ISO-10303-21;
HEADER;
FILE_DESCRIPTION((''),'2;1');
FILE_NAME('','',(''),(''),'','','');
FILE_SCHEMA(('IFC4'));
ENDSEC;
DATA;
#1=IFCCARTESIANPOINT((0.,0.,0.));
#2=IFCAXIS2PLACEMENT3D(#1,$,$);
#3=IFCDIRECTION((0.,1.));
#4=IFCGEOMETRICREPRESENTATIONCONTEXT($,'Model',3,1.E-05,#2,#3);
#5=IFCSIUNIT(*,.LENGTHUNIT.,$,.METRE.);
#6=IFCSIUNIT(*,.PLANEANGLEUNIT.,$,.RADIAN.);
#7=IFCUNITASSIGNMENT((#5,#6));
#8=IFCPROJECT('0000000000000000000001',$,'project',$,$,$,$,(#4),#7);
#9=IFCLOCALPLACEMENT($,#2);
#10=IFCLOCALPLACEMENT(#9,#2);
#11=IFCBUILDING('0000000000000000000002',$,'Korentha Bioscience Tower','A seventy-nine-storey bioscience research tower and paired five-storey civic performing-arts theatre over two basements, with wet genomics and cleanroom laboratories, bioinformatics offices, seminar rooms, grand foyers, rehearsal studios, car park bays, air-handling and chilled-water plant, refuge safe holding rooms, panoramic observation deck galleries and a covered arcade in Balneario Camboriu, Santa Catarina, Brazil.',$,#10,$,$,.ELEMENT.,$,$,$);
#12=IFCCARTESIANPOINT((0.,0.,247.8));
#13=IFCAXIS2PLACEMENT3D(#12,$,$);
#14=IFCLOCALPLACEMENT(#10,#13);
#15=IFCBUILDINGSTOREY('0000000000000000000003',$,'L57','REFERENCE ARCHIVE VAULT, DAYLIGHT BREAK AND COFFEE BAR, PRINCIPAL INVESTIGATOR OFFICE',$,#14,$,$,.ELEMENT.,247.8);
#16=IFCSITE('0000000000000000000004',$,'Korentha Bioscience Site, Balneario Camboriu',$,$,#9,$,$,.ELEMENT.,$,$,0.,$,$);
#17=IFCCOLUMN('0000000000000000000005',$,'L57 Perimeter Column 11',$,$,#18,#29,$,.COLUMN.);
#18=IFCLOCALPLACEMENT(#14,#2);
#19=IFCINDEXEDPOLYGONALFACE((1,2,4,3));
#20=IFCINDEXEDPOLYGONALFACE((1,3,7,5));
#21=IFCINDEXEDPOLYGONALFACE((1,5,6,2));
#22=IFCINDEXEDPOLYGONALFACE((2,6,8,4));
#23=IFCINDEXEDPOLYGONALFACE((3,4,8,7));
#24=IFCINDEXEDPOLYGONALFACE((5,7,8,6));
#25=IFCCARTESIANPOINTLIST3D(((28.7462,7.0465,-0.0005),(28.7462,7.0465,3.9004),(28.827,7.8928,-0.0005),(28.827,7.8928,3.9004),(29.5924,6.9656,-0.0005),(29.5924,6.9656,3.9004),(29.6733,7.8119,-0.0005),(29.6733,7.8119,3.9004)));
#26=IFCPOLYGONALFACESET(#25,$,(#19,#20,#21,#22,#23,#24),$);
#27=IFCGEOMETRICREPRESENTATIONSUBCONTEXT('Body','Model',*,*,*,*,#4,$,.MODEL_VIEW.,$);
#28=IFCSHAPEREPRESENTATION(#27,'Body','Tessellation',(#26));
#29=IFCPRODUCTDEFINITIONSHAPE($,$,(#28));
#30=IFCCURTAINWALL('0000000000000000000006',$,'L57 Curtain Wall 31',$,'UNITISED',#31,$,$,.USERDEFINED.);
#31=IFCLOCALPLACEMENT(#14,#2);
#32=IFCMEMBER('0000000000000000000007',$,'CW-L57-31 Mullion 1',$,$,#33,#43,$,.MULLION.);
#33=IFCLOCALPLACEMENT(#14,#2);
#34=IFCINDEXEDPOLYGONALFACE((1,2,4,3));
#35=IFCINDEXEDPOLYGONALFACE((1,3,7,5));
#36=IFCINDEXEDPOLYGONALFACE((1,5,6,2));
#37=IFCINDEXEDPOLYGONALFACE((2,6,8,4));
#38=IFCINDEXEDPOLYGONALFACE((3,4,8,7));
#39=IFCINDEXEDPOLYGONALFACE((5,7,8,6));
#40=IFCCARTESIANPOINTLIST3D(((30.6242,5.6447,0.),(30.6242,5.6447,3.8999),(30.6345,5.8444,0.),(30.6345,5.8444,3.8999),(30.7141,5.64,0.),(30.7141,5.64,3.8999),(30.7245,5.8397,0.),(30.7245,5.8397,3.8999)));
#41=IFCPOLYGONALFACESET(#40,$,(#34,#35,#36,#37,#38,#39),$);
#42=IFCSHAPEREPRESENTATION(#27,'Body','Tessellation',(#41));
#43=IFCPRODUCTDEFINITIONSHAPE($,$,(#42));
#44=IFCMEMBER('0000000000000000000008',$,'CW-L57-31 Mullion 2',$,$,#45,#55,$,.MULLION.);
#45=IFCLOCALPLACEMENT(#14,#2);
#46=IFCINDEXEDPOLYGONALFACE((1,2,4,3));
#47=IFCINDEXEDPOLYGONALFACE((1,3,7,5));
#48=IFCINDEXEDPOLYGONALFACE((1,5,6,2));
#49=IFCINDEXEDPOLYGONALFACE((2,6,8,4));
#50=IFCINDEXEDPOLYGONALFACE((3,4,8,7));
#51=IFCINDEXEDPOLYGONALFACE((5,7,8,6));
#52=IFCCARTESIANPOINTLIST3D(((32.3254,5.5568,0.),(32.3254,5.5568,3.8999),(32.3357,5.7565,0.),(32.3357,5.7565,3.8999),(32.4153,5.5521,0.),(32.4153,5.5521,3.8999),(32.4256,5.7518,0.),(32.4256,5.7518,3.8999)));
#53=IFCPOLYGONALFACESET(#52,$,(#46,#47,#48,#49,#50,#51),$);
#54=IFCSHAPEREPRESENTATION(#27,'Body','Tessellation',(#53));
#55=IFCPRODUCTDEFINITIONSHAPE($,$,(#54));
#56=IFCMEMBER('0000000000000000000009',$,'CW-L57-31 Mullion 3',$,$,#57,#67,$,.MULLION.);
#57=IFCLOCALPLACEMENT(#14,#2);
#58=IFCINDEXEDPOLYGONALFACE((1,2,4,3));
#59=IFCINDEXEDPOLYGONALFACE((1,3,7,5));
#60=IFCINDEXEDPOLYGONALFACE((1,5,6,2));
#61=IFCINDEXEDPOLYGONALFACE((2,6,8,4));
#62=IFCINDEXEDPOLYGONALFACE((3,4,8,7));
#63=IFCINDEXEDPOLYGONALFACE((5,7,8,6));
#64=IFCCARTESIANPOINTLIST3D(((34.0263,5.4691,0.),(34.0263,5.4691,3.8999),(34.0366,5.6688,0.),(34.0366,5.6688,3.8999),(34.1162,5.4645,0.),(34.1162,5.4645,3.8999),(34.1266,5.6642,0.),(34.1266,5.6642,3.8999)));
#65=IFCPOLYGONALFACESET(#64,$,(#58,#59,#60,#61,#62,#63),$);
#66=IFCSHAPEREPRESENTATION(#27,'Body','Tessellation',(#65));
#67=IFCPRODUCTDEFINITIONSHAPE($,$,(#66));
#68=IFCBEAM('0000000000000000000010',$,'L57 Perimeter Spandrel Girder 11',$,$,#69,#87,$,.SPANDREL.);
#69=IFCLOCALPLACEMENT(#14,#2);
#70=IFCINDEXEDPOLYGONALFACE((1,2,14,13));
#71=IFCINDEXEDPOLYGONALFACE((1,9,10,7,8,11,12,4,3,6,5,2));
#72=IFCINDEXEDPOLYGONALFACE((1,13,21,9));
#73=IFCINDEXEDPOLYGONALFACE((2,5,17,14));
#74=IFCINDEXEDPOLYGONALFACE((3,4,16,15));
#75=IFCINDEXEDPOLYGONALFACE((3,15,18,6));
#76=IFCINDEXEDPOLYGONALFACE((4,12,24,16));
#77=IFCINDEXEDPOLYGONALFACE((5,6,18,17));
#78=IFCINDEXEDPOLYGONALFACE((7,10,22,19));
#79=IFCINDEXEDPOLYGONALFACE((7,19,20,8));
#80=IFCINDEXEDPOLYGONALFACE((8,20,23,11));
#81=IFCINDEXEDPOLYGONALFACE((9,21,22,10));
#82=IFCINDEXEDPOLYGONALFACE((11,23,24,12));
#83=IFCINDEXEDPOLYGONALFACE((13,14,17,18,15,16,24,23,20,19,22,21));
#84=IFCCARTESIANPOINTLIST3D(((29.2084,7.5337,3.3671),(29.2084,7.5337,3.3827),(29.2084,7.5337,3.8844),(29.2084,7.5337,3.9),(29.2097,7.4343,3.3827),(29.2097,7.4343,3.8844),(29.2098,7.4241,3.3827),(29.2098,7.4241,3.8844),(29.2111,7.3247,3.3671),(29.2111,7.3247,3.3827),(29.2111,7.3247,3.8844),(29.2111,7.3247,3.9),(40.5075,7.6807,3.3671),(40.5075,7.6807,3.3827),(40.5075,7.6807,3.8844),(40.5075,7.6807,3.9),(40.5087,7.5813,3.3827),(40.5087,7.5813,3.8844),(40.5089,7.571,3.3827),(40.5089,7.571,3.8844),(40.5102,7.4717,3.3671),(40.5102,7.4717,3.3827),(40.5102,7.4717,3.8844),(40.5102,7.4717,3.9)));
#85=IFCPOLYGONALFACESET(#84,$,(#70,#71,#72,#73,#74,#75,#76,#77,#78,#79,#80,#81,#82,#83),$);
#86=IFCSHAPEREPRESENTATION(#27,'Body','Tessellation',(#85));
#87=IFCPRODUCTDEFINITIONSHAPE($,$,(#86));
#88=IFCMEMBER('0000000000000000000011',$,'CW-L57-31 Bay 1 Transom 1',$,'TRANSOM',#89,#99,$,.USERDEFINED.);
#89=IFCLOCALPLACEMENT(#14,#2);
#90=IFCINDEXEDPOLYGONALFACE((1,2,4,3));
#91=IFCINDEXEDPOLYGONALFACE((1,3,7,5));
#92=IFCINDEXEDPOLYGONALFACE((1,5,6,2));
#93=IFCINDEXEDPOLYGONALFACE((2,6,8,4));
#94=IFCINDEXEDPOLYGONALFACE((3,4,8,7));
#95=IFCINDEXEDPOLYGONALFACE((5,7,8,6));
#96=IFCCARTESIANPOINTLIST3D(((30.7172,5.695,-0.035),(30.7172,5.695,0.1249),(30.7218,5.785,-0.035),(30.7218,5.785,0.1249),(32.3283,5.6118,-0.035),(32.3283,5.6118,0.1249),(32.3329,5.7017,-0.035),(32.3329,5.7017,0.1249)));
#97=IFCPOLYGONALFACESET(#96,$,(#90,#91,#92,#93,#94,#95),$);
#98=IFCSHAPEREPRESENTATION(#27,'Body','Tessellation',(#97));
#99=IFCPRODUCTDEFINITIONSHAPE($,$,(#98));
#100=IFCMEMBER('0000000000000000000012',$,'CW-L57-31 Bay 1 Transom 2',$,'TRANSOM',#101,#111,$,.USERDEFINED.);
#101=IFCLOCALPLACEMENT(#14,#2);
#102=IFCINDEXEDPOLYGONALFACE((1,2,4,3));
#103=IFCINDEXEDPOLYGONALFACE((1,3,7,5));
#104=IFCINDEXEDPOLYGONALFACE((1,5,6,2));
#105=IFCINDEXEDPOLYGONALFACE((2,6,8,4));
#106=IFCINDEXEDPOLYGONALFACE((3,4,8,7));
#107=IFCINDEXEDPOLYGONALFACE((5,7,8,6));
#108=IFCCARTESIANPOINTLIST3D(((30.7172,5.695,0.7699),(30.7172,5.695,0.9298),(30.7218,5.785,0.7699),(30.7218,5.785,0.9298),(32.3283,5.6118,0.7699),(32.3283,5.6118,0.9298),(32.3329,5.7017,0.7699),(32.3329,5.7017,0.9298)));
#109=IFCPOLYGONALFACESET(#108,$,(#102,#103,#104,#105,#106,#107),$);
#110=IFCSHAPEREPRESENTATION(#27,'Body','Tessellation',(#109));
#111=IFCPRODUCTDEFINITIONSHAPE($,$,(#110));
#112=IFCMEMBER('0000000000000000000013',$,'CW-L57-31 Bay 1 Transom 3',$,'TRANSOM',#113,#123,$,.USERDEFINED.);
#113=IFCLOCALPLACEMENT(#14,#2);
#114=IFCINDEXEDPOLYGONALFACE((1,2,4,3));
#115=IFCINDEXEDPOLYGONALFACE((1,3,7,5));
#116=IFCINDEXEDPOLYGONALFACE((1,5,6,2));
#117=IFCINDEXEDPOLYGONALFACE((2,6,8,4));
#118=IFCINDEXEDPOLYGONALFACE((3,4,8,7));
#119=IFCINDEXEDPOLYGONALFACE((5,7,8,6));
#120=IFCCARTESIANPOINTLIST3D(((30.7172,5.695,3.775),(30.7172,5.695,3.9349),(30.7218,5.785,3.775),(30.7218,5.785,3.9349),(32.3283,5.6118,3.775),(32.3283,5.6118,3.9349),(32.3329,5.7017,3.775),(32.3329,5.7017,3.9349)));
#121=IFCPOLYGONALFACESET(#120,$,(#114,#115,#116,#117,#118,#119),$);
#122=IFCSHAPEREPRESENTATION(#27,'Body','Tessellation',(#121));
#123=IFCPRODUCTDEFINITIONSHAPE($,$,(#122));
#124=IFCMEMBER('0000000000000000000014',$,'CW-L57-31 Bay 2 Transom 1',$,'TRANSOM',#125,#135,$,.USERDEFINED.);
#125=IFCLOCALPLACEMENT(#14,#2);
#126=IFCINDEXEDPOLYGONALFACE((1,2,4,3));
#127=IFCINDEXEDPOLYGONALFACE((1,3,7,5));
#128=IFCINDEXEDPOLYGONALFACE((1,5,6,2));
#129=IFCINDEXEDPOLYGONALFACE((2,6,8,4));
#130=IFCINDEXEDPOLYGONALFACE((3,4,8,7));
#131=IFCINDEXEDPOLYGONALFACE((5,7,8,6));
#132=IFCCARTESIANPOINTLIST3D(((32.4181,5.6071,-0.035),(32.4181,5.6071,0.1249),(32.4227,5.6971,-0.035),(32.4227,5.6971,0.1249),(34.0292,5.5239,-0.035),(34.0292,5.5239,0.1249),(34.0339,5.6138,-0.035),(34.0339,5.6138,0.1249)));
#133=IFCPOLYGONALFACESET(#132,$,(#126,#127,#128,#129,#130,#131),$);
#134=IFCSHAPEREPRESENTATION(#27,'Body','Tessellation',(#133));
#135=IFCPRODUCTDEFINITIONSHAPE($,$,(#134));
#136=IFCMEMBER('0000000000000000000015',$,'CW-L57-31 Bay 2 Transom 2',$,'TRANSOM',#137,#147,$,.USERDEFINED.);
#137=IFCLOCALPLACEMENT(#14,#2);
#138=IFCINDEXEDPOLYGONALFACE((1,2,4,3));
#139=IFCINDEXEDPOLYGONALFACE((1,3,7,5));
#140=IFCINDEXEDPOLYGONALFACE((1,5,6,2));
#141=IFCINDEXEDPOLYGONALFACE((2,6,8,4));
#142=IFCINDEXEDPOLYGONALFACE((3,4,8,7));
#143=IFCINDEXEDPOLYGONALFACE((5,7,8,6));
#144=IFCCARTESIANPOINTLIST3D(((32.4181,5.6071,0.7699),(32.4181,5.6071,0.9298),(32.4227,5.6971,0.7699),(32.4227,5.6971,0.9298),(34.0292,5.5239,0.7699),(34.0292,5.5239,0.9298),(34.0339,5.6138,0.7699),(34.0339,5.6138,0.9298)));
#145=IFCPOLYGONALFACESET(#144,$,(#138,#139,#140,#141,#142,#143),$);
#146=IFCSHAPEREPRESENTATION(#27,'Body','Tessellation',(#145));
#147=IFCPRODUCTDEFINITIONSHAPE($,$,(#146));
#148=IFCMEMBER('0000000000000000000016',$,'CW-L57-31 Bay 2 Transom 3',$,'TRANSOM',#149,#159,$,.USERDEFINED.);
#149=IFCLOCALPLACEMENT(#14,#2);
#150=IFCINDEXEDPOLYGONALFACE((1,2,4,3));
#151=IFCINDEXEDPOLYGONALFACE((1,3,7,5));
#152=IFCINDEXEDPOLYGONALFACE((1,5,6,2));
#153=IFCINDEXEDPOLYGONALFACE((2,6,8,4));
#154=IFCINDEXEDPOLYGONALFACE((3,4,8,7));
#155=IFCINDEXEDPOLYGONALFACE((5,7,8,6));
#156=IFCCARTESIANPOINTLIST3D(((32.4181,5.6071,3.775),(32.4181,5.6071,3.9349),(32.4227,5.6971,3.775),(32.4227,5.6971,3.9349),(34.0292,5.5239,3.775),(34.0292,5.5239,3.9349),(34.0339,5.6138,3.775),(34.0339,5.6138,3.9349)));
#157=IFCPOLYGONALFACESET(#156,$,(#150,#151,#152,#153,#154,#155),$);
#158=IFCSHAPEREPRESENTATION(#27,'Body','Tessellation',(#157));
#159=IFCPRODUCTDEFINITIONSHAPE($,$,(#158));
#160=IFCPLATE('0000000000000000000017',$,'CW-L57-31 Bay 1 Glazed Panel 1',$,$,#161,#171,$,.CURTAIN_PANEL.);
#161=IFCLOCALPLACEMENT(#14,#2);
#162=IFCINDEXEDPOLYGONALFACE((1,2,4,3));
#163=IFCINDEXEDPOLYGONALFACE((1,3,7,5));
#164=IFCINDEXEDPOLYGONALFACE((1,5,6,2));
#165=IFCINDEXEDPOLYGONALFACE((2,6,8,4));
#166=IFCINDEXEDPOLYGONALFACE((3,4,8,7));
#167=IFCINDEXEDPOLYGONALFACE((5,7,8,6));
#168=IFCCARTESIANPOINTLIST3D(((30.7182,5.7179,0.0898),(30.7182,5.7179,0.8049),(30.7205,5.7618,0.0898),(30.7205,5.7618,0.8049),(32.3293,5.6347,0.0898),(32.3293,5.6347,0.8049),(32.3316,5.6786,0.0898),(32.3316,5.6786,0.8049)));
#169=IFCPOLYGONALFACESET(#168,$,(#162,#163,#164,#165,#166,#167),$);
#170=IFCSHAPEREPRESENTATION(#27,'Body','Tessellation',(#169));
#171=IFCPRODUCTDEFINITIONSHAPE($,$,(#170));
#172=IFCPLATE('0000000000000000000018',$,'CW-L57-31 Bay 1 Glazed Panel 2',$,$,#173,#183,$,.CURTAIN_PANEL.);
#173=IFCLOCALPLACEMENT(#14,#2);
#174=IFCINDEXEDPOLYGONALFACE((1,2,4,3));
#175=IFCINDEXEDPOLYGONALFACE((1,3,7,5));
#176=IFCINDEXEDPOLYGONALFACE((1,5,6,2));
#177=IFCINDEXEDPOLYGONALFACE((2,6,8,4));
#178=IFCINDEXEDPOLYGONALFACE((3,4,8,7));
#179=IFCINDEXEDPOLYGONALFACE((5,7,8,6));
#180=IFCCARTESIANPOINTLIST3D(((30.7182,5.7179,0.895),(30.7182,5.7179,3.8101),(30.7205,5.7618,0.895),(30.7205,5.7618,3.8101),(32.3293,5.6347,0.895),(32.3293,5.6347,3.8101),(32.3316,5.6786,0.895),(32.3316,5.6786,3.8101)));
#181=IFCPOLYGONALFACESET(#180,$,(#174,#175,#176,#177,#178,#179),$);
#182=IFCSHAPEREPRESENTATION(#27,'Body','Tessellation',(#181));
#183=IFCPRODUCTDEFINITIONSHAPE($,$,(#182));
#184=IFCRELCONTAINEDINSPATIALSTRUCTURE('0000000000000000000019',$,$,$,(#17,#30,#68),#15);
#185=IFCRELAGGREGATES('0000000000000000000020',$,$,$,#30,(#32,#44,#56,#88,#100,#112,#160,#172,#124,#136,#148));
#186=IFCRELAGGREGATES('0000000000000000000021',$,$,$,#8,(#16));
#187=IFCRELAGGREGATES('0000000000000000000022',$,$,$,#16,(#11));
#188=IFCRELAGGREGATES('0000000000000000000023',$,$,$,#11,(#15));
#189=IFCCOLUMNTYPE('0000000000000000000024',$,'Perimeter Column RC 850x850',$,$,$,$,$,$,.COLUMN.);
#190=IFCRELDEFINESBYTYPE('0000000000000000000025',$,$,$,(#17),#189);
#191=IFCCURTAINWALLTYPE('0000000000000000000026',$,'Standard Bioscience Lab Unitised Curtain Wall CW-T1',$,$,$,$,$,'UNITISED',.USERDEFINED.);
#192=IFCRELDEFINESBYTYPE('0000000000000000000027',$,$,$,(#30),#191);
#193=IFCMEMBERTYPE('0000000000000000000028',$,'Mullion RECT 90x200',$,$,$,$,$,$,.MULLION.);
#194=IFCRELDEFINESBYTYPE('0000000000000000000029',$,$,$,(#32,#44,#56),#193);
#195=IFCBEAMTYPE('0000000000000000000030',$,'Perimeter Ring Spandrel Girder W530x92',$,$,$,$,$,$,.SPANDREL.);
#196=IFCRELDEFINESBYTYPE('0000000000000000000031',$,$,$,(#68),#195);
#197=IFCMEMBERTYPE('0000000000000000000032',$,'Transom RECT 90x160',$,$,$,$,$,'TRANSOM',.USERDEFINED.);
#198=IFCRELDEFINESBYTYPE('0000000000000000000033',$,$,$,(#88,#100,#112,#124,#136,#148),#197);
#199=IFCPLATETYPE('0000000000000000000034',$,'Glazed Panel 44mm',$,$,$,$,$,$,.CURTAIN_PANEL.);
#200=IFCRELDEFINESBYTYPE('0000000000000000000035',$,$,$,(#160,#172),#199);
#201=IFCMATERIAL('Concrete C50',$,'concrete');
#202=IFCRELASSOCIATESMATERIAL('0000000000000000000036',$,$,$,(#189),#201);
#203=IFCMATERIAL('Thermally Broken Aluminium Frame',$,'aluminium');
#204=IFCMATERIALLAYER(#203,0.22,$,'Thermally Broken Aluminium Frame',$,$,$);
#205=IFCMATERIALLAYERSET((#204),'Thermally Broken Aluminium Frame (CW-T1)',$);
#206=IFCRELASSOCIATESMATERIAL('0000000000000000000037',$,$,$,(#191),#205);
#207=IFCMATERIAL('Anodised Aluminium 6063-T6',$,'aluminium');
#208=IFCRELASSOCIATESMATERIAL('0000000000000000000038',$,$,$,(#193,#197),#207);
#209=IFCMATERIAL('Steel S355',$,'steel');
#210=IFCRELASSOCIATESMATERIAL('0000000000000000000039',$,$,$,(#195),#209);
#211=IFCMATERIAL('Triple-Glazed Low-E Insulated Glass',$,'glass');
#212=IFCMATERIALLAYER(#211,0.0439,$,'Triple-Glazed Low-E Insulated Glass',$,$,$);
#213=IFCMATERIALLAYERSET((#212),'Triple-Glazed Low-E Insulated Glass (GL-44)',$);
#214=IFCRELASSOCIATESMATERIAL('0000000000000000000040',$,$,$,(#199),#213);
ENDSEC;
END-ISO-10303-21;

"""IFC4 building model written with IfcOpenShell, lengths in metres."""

from ifc_helpers import new_model, si_unit, direction, frame, origin, origin_2d, place, context, subcontext, project, spatial, rectangle, i_section, extrude, material, layer, layer_set, material_profile, profile_set, type_object, element, aggregate, save


model = new_model("IFC4")

# Units and contexts
model_context = context("Model", 3, precision=1e-05, world=origin(), true_north=direction((0.0, 1.0)))
body_context = subcontext(model_context, "Body", "Model", "MODEL_VIEW")
ifc_project = project(units=[si_unit("LENGTHUNIT", "METRE"), si_unit("PLANEANGLEUNIT", "RADIAN")], contexts=[model_context])

# Site, building, storey
site_placement = place(None, origin())
site = spatial("IfcSite", under=ifc_project, at=site_placement, Name="Korentha Bioscience Site, Balneario Camboriu", CompositionType="ELEMENT", RefElevation=0.0)
building_placement = place(site_placement, origin())
building = spatial("IfcBuilding", under=site, at=building_placement, Name="Korentha Bioscience Tower", Description="A seventy-nine-storey bioscience research tower and paired five-storey civic performing-arts theatre over two basements, with wet genomics and cleanroom laboratories, bioinformatics offices, seminar rooms, grand foyers, rehearsal studios, car park bays, air-handling and chilled-water plant, refuge safe holding rooms, panoramic observation deck galleries and a covered arcade in Balneario Camboriu, Santa Catarina, Brazil.", CompositionType="ELEMENT")
storey_placement = place(building_placement, frame((0.0, 0.0, 247.8)))
storey = spatial("IfcBuildingStorey", under=building, at=storey_placement, Name="L57", Description="REFERENCE ARCHIVE VAULT, DAYLIGHT BREAK AND COFFEE BAR, PRINCIPAL INVESTIGATOR OFFICE", CompositionType="ELEMENT", Elevation=247.8)

# Column
ifc_material_1 = material(Name="Concrete C50", Category="concrete")
ifc_material_profile_1 = material_profile(ifc_material_1, rectangle(XDim=0.8501, YDim=0.8501, at=origin_2d()), Name="Concrete C50")
ifc_profile_set_1 = profile_set([ifc_material_profile_1], Name="Concrete C50 (COL-P08)")
column_type = type_object("IfcColumnType", Name="Perimeter Column RC 850x850", PredefinedType="COLUMN", material=ifc_profile_set_1)
column_placement = place(storey_placement, frame((29.2097, 7.4292, -0.0005), z_axis=(0.0, 0.0, 1.0), x_axis=(-0.995463, 0.095151, 0.0)))
element("IfcColumn", 1, at=column_placement, inside=storey, type_object=column_type, Name="L57 Perimeter Column 11", PredefinedType="COLUMN", context=body_context, shape_type="SweptSolid", body=[
    extrude(rectangle(XDim=0.8501, YDim=0.8501, at=origin_2d()), origin(), (0.0, 0.0, 1.0), 3.9009),
])

# Curtain wall, members
ifc_material_2 = material(Name="Thermally Broken Aluminium Frame", Category="aluminium")
ifc_layer_1 = layer(ifc_material_2, 0.22, Name="Thermally Broken Aluminium Frame")
ifc_layer_set_1 = layer_set([ifc_layer_1], Name="Thermally Broken Aluminium Frame (CW-T1)")
curtain_wall_type = type_object("IfcCurtainWallType", Name="Standard Bioscience Lab Unitised Curtain Wall CW-T1", ElementType="UNITISED", PredefinedType="USERDEFINED", material=ifc_layer_set_1)
curtain_wall_placement = place(storey_placement, origin())
curtain_wall = element("IfcCurtainWall", 2, at=curtain_wall_placement, inside=storey, type_object=curtain_wall_type, Name="L57 Curtain Wall 31", ObjectType="UNITISED", PredefinedType="USERDEFINED")
ifc_material_3 = material(Name="Anodised Aluminium 6063-T6", Category="aluminium")
ifc_material_profile_2 = material_profile(ifc_material_3, rectangle(XDim=0.0901, YDim=0.2, at=origin_2d()), Name="Anodised Aluminium 6063-T6")
ifc_profile_set_2 = profile_set([ifc_material_profile_2], Name="Anodised Aluminium 6063-T6 (CW-MUL)")
member_type_1 = type_object("IfcMemberType", Name="Mullion RECT 90x200", PredefinedType="MULLION", material=ifc_profile_set_2)
member_1_placement = place(storey_placement, frame((30.6743, 5.7422, 0.0), z_axis=(0.0, 0.0, 1.0), x_axis=(0.998671, -0.051538, 0.0)))
member_1 = element("IfcMember", 3, at=member_1_placement, type_object=member_type_1, Name="CW-L57-31 Mullion 1", PredefinedType="MULLION", context=body_context, shape_type="SweptSolid", body=[
    extrude(rectangle(XDim=0.0901, YDim=0.2, at=origin_2d()), origin(), (0.0, 0.0, 1.0), 3.8999),
])
member_2_placement = place(storey_placement, frame((32.3755, 5.6543, 0.0), z_axis=(0.0, 0.0, 1.0), x_axis=(0.998671, -0.051538, 0.0)))
member_2 = element("IfcMember", 4, at=member_2_placement, type_object=member_type_1, Name="CW-L57-31 Mullion 2", PredefinedType="MULLION", context=body_context, shape_type="SweptSolid", body=[
    extrude(rectangle(XDim=0.0901, YDim=0.2, at=origin_2d()), origin(), (0.0, 0.0, 1.0), 3.8999),
])
member_3_placement = place(storey_placement, frame((34.0764, 5.5667, 0.0), z_axis=(0.0, 0.0, 1.0), x_axis=(0.998671, -0.051538, 0.0)))
member_3 = element("IfcMember", 5, at=member_3_placement, type_object=member_type_1, Name="CW-L57-31 Mullion 3", PredefinedType="MULLION", context=body_context, shape_type="SweptSolid", body=[
    extrude(rectangle(XDim=0.0901, YDim=0.2, at=origin_2d()), origin(), (0.0, 0.0, 1.0), 3.8999),
])

# Beam
ifc_material_4 = material(Name="Steel S355", Category="steel")
ifc_material_profile_3 = material_profile(ifc_material_4, i_section(OverallWidth=0.209, OverallDepth=0.533, WebThickness=0.0103, FlangeThickness=0.0156, at=origin_2d()), Name="Steel S355")
ifc_profile_set_3 = profile_set([ifc_material_profile_3], Name="Steel S355 (SB-530)")
beam_type = type_object("IfcBeamType", Name="Perimeter Ring Spandrel Girder W530x92", PredefinedType="SPANDREL", material=ifc_profile_set_3)
beam_placement = place(storey_placement, frame((29.2097, 7.4292, 3.6335), z_axis=(0.999915, 0.013006, 0.0), x_axis=(-0.013006, 0.999915, 0.0)))
element("IfcBeam", 6, at=beam_placement, inside=storey, type_object=beam_type, Name="L57 Perimeter Spandrel Girder 11", PredefinedType="SPANDREL", context=body_context, shape_type="SweptSolid", body=[
    extrude(i_section(OverallWidth=0.209, OverallDepth=0.533, WebThickness=0.0103, FlangeThickness=0.0156, at=origin_2d()), origin(), (0.0, 0.0, 1.0), 11.3),
])

# Members
ifc_material_profile_4 = material_profile(ifc_material_3, rectangle(XDim=0.0901, YDim=0.1599, at=origin_2d()), Name="Anodised Aluminium 6063-T6")
ifc_profile_set_4 = profile_set([ifc_material_profile_4], Name="Anodised Aluminium 6063-T6 (CW-TRN)")
member_type_2 = type_object("IfcMemberType", Name="Transom RECT 90x160", ElementType="TRANSOM", PredefinedType="USERDEFINED", material=ifc_profile_set_4)
member_4_placement = place(storey_placement, frame((30.7195, 5.74, 0.0449), z_axis=(0.998668, -0.051606, 0.0), x_axis=(0.051606, 0.998668, 0.0)))
member_4 = element("IfcMember", 7, at=member_4_placement, type_object=member_type_2, Name="CW-L57-31 Bay 1 Transom 1", ObjectType="TRANSOM", PredefinedType="USERDEFINED", context=body_context, shape_type="SweptSolid", body=[
    extrude(rectangle(XDim=0.0901, YDim=0.1599, at=origin_2d()), origin(), (0.0, 0.0, 1.0), 1.6133),
])
member_5_placement = place(storey_placement, frame((30.7195, 5.74, 0.8499), z_axis=(0.998668, -0.051606, 0.0), x_axis=(0.051606, 0.998668, 0.0)))
member_5 = element("IfcMember", 8, at=member_5_placement, type_object=member_type_2, Name="CW-L57-31 Bay 1 Transom 2", ObjectType="TRANSOM", PredefinedType="USERDEFINED", context=body_context, shape_type="SweptSolid", body=[
    extrude(rectangle(XDim=0.0901, YDim=0.1599, at=origin_2d()), origin(), (0.0, 0.0, 1.0), 1.6133),
])
member_6_placement = place(storey_placement, frame((30.7195, 5.74, 3.855), z_axis=(0.998668, -0.051606, 0.0), x_axis=(0.051606, 0.998668, 0.0)))
member_6 = element("IfcMember", 9, at=member_6_placement, type_object=member_type_2, Name="CW-L57-31 Bay 1 Transom 3", ObjectType="TRANSOM", PredefinedType="USERDEFINED", context=body_context, shape_type="SweptSolid", body=[
    extrude(rectangle(XDim=0.0901, YDim=0.1599, at=origin_2d()), origin(), (0.0, 0.0, 1.0), 1.6133),
])
member_7_placement = place(storey_placement, frame((32.4204, 5.6521, 0.0449), z_axis=(0.998668, -0.051606, 0.0), x_axis=(0.051606, 0.998668, 0.0)))
member_7 = element("IfcMember", 10, at=member_7_placement, type_object=member_type_2, Name="CW-L57-31 Bay 2 Transom 1", ObjectType="TRANSOM", PredefinedType="USERDEFINED", context=body_context, shape_type="SweptSolid", body=[
    extrude(rectangle(XDim=0.0901, YDim=0.1599, at=origin_2d()), origin(), (0.0, 0.0, 1.0), 1.6133),
])
member_8_placement = place(storey_placement, frame((32.4204, 5.6521, 0.8499), z_axis=(0.998668, -0.051606, 0.0), x_axis=(0.051606, 0.998668, 0.0)))
member_8 = element("IfcMember", 11, at=member_8_placement, type_object=member_type_2, Name="CW-L57-31 Bay 2 Transom 2", ObjectType="TRANSOM", PredefinedType="USERDEFINED", context=body_context, shape_type="SweptSolid", body=[
    extrude(rectangle(XDim=0.0901, YDim=0.1599, at=origin_2d()), origin(), (0.0, 0.0, 1.0), 1.6133),
])
member_9_placement = place(storey_placement, frame((32.4204, 5.6521, 3.855), z_axis=(0.998668, -0.051606, 0.0), x_axis=(0.051606, 0.998668, 0.0)))
member_9 = element("IfcMember", 12, at=member_9_placement, type_object=member_type_2, Name="CW-L57-31 Bay 2 Transom 3", ObjectType="TRANSOM", PredefinedType="USERDEFINED", context=body_context, shape_type="SweptSolid", body=[
    extrude(rectangle(XDim=0.0901, YDim=0.1599, at=origin_2d()), origin(), (0.0, 0.0, 1.0), 1.6133),
])

# Plates
ifc_material_5 = material(Name="Triple-Glazed Low-E Insulated Glass", Category="glass")
ifc_layer_2 = layer(ifc_material_5, 0.0439, Name="Triple-Glazed Low-E Insulated Glass")
ifc_layer_set_2 = layer_set([ifc_layer_2], Name="Triple-Glazed Low-E Insulated Glass (GL-44)")
plate_type = type_object("IfcPlateType", Name="Glazed Panel 44mm", PredefinedType="CURTAIN_PANEL", material=ifc_layer_set_2)
plate_1_placement = place(storey_placement, frame((31.5249, 5.6982, 0.0898), z_axis=(0.0, 0.0, 1.0), x_axis=(0.998671, -0.051538, 0.0)))
plate_1 = element("IfcPlate", 13, at=plate_1_placement, type_object=plate_type, Name="CW-L57-31 Bay 1 Glazed Panel 1", PredefinedType="CURTAIN_PANEL", context=body_context, shape_type="SweptSolid", body=[
    extrude(rectangle(XDim=1.6133, YDim=0.0439, at=origin_2d()), origin(), (0.0, 0.0, 1.0), 0.7151),
])
plate_2_placement = place(storey_placement, frame((31.5249, 5.6982, 0.895), z_axis=(0.0, 0.0, 1.0), x_axis=(0.998671, -0.051538, 0.0)))
plate_2 = element("IfcPlate", 14, at=plate_2_placement, type_object=plate_type, Name="CW-L57-31 Bay 1 Glazed Panel 2", PredefinedType="CURTAIN_PANEL", context=body_context, shape_type="SweptSolid", body=[
    extrude(rectangle(XDim=1.6133, YDim=0.0439, at=origin_2d()), origin(), (0.0, 0.0, 1.0), 2.915),
])
aggregate(curtain_wall, [member_1, member_2, member_3, member_4, member_5, member_6, plate_1, plate_2, member_7, member_8, member_9])

save(model, "model.ifc")
